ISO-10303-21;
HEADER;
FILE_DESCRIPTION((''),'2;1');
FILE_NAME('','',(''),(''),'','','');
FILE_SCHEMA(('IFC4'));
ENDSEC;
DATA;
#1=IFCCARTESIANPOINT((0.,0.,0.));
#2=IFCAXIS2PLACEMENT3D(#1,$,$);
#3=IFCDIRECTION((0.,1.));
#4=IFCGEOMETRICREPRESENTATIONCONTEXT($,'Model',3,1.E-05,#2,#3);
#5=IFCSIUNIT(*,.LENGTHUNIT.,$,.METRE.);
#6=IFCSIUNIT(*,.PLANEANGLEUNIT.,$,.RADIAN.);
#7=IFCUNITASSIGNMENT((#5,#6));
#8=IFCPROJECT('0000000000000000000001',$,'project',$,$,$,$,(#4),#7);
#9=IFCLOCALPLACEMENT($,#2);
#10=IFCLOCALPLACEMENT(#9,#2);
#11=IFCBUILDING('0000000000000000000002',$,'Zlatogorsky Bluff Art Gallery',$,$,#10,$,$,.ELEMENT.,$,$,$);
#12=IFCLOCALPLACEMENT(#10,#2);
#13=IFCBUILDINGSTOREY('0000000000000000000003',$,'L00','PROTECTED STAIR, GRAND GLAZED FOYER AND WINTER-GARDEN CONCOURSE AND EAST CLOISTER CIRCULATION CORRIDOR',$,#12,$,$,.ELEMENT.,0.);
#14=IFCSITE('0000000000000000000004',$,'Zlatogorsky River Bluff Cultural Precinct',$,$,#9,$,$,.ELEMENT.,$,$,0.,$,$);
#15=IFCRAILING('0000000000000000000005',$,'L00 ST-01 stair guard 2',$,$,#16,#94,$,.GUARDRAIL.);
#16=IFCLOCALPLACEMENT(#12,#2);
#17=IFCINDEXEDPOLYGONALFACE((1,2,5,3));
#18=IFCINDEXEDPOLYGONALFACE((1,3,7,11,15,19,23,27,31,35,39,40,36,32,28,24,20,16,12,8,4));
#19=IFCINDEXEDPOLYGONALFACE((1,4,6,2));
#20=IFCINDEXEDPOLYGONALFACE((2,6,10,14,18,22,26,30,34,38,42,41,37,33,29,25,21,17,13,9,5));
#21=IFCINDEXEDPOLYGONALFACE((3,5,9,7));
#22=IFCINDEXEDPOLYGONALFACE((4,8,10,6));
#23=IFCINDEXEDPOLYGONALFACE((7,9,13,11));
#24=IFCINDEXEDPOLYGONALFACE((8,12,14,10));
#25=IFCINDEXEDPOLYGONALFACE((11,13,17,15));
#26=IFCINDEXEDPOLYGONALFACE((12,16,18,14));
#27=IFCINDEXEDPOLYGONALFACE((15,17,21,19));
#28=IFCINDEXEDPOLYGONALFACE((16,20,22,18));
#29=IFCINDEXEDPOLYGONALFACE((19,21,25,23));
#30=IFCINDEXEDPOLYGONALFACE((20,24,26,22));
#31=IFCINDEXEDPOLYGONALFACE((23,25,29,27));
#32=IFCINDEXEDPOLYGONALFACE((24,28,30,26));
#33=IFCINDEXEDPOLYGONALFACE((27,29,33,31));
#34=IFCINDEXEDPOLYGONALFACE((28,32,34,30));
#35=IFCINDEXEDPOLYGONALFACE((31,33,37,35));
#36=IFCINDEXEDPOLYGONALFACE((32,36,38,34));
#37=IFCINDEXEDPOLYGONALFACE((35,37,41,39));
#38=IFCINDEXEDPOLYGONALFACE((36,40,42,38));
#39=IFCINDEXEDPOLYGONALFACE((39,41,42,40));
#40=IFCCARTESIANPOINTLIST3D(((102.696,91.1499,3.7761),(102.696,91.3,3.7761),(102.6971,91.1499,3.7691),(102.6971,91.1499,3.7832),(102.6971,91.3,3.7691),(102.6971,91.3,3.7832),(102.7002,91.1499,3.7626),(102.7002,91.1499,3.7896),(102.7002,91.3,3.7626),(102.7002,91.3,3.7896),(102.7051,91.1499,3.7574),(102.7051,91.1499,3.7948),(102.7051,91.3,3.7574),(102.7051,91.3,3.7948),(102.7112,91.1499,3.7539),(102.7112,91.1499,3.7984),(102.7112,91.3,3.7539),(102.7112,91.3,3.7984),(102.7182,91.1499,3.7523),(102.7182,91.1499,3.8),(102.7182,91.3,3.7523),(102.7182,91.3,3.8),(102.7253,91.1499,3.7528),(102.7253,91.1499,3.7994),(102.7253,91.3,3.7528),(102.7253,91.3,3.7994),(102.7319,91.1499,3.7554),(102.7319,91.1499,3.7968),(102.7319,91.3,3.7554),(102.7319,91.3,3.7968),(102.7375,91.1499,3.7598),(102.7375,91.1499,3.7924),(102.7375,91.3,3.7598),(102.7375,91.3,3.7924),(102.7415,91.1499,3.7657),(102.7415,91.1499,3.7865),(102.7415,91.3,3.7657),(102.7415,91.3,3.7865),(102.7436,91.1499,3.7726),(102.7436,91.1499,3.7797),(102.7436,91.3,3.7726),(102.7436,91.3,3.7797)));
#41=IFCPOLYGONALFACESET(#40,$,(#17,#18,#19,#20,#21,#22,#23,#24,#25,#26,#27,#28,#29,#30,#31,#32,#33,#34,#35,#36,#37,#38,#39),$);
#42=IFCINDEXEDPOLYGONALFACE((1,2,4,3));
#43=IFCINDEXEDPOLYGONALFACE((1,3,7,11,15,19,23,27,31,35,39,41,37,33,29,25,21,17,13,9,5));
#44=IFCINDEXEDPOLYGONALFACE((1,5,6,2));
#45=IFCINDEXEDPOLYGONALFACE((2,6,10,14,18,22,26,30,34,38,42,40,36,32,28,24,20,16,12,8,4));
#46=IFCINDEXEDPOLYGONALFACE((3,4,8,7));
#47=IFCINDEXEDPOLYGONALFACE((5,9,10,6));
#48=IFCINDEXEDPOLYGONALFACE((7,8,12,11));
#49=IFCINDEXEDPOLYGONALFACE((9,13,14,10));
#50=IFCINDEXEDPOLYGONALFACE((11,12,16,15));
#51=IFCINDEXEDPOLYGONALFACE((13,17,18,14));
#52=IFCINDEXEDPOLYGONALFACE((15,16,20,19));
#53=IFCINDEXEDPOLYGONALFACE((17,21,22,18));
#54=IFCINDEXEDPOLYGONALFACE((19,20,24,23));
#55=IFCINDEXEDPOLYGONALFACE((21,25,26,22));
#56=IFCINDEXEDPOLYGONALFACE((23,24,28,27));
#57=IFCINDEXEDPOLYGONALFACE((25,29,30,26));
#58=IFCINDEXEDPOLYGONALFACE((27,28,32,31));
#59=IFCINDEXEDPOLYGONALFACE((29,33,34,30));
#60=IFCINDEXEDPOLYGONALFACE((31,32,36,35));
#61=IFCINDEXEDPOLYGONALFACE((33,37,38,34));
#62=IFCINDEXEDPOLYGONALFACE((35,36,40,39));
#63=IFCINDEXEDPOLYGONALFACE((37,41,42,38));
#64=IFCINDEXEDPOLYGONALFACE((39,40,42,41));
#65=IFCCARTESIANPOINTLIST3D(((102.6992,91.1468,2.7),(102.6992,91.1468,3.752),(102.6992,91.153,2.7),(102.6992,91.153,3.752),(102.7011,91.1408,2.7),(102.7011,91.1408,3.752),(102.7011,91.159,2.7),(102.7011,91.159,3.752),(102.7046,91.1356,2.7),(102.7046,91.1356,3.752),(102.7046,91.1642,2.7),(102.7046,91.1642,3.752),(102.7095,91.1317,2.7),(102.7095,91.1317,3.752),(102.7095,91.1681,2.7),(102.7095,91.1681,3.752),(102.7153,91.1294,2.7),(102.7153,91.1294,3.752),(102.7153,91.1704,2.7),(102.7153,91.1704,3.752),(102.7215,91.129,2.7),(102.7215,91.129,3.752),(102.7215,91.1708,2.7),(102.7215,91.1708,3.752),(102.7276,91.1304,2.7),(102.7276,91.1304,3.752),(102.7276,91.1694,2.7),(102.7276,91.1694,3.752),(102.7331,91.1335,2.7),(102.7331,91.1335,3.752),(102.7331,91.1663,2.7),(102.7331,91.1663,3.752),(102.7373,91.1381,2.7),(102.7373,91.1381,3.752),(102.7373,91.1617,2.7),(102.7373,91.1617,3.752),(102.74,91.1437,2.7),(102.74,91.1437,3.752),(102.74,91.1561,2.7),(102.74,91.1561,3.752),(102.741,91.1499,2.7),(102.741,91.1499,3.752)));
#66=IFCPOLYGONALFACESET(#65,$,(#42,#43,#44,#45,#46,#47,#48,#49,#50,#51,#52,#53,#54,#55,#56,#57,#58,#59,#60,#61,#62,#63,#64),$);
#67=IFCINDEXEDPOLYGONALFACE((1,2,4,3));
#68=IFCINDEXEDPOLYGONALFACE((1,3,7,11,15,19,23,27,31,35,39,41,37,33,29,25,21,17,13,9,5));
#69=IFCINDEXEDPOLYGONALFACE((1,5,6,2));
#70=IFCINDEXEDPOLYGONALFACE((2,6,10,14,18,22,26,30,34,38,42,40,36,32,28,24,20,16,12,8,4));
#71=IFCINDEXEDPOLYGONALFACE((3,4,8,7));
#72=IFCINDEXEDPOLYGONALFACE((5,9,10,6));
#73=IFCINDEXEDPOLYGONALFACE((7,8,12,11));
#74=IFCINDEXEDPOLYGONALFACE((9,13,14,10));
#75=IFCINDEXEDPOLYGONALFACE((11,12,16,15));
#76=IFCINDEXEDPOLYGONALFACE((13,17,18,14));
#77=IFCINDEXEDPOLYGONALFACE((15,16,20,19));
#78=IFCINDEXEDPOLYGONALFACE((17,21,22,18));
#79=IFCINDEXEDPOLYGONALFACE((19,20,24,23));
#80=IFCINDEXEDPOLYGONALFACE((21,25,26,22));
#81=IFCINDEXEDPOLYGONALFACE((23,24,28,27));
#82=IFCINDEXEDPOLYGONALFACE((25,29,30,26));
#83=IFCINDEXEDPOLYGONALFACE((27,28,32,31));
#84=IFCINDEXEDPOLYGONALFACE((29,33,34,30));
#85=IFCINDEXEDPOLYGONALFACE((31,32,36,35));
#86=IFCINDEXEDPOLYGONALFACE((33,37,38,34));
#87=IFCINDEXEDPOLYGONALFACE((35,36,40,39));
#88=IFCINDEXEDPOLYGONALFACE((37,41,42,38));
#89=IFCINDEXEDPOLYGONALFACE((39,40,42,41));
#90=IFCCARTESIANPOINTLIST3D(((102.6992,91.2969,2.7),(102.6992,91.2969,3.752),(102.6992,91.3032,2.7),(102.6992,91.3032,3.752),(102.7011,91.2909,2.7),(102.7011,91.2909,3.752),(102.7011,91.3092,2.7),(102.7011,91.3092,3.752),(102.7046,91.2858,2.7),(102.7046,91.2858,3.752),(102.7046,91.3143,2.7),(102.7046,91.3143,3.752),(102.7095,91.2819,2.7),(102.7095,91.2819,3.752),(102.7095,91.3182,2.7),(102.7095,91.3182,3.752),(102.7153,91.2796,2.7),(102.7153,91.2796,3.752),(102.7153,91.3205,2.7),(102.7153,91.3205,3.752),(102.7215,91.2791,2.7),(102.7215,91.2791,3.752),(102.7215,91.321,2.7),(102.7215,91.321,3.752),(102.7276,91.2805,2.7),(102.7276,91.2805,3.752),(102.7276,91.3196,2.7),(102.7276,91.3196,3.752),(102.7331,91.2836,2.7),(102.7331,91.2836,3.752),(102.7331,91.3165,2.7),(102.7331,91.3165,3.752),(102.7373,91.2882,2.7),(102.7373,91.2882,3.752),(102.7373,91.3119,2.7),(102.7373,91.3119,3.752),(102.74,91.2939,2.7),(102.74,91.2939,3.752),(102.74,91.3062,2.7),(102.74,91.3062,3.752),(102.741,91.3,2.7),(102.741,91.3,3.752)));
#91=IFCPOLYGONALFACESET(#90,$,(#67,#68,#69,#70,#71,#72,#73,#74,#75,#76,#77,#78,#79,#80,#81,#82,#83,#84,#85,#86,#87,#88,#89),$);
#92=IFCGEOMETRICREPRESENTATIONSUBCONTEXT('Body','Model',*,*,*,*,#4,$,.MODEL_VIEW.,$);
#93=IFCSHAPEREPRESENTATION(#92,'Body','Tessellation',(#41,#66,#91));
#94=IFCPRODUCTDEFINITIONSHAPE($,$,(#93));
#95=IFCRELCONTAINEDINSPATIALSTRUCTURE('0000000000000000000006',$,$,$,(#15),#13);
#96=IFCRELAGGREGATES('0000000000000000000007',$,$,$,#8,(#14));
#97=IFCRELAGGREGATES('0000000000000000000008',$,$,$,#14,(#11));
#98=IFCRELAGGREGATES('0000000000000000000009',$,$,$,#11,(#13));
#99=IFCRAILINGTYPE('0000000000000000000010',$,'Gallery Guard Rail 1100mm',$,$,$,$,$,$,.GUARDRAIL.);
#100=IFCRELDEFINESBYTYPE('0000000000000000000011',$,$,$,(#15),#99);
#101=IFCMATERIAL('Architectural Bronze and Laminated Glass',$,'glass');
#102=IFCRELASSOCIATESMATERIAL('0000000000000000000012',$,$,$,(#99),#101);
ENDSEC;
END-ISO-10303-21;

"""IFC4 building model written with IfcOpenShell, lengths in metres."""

from ifc_helpers import new_model, si_unit, direction, frame, origin, origin_2d, place, context, subcontext, project, spatial, circle, extrude, material, type_object, element, save


model = new_model("IFC4")

# Units and contexts
model_context = context("Model", 3, precision=1e-05, world=origin(), true_north=direction((0.0, 1.0)))
body_context = subcontext(model_context, "Body", "Model", "MODEL_VIEW")
ifc_project = project(units=[si_unit("LENGTHUNIT", "METRE"), si_unit("PLANEANGLEUNIT", "RADIAN")], contexts=[model_context])

# Site, building, storey
site_placement = place(None, origin())
site = spatial("IfcSite", under=ifc_project, at=site_placement, Name="Zlatogorsky River Bluff Cultural Precinct", CompositionType="ELEMENT", RefElevation=0.0)
building_placement = place(site_placement, origin())
building = spatial("IfcBuilding", under=site, at=building_placement, Name="Zlatogorsky Bluff Art Gallery", CompositionType="ELEMENT")
storey_placement = place(building_placement, origin())
storey = spatial("IfcBuildingStorey", under=building, at=storey_placement, Name="L00", Description="PROTECTED STAIR, GRAND GLAZED FOYER AND WINTER-GARDEN CONCOURSE AND EAST CLOISTER CIRCULATION CORRIDOR", CompositionType="ELEMENT", Elevation=0.0)

# Railing
ifc_material_1 = material(Name="Architectural Bronze and Laminated Glass", Category="glass")
railing_type_1 = type_object("IfcRailingType", Name="Gallery Guard Rail 1100mm", PredefinedType="GUARDRAIL", material=ifc_material_1)
railing_1_placement = place(storey_placement, frame((102.72, 91.1499, 2.7)))
element("IfcRailing", 1, at=railing_1_placement, inside=storey, type_object=railing_type_1, Name="L00 ST-01 stair guard 2", PredefinedType="GUARDRAIL", context=body_context, shape_type="SweptSolid", body=[
    extrude(circle(Radius=0.0239, at=origin_2d()), frame((0.0, 0.0, 1.0762), z_axis=(0.0, 1.0, 0.0), x_axis=(-1.0, 0.0, 0.0)), (0.0, 0.0, 1.0), 0.1501),
    extrude(circle(Radius=0.021, at=origin_2d()), origin(), (0.0, 0.0, 1.0), 1.052),
    extrude(circle(Radius=0.021, at=origin_2d()), frame((0.0, 0.1501, 0.0)), (0.0, 0.0, 1.0), 1.052),
])

save(model, "model.ifc")
